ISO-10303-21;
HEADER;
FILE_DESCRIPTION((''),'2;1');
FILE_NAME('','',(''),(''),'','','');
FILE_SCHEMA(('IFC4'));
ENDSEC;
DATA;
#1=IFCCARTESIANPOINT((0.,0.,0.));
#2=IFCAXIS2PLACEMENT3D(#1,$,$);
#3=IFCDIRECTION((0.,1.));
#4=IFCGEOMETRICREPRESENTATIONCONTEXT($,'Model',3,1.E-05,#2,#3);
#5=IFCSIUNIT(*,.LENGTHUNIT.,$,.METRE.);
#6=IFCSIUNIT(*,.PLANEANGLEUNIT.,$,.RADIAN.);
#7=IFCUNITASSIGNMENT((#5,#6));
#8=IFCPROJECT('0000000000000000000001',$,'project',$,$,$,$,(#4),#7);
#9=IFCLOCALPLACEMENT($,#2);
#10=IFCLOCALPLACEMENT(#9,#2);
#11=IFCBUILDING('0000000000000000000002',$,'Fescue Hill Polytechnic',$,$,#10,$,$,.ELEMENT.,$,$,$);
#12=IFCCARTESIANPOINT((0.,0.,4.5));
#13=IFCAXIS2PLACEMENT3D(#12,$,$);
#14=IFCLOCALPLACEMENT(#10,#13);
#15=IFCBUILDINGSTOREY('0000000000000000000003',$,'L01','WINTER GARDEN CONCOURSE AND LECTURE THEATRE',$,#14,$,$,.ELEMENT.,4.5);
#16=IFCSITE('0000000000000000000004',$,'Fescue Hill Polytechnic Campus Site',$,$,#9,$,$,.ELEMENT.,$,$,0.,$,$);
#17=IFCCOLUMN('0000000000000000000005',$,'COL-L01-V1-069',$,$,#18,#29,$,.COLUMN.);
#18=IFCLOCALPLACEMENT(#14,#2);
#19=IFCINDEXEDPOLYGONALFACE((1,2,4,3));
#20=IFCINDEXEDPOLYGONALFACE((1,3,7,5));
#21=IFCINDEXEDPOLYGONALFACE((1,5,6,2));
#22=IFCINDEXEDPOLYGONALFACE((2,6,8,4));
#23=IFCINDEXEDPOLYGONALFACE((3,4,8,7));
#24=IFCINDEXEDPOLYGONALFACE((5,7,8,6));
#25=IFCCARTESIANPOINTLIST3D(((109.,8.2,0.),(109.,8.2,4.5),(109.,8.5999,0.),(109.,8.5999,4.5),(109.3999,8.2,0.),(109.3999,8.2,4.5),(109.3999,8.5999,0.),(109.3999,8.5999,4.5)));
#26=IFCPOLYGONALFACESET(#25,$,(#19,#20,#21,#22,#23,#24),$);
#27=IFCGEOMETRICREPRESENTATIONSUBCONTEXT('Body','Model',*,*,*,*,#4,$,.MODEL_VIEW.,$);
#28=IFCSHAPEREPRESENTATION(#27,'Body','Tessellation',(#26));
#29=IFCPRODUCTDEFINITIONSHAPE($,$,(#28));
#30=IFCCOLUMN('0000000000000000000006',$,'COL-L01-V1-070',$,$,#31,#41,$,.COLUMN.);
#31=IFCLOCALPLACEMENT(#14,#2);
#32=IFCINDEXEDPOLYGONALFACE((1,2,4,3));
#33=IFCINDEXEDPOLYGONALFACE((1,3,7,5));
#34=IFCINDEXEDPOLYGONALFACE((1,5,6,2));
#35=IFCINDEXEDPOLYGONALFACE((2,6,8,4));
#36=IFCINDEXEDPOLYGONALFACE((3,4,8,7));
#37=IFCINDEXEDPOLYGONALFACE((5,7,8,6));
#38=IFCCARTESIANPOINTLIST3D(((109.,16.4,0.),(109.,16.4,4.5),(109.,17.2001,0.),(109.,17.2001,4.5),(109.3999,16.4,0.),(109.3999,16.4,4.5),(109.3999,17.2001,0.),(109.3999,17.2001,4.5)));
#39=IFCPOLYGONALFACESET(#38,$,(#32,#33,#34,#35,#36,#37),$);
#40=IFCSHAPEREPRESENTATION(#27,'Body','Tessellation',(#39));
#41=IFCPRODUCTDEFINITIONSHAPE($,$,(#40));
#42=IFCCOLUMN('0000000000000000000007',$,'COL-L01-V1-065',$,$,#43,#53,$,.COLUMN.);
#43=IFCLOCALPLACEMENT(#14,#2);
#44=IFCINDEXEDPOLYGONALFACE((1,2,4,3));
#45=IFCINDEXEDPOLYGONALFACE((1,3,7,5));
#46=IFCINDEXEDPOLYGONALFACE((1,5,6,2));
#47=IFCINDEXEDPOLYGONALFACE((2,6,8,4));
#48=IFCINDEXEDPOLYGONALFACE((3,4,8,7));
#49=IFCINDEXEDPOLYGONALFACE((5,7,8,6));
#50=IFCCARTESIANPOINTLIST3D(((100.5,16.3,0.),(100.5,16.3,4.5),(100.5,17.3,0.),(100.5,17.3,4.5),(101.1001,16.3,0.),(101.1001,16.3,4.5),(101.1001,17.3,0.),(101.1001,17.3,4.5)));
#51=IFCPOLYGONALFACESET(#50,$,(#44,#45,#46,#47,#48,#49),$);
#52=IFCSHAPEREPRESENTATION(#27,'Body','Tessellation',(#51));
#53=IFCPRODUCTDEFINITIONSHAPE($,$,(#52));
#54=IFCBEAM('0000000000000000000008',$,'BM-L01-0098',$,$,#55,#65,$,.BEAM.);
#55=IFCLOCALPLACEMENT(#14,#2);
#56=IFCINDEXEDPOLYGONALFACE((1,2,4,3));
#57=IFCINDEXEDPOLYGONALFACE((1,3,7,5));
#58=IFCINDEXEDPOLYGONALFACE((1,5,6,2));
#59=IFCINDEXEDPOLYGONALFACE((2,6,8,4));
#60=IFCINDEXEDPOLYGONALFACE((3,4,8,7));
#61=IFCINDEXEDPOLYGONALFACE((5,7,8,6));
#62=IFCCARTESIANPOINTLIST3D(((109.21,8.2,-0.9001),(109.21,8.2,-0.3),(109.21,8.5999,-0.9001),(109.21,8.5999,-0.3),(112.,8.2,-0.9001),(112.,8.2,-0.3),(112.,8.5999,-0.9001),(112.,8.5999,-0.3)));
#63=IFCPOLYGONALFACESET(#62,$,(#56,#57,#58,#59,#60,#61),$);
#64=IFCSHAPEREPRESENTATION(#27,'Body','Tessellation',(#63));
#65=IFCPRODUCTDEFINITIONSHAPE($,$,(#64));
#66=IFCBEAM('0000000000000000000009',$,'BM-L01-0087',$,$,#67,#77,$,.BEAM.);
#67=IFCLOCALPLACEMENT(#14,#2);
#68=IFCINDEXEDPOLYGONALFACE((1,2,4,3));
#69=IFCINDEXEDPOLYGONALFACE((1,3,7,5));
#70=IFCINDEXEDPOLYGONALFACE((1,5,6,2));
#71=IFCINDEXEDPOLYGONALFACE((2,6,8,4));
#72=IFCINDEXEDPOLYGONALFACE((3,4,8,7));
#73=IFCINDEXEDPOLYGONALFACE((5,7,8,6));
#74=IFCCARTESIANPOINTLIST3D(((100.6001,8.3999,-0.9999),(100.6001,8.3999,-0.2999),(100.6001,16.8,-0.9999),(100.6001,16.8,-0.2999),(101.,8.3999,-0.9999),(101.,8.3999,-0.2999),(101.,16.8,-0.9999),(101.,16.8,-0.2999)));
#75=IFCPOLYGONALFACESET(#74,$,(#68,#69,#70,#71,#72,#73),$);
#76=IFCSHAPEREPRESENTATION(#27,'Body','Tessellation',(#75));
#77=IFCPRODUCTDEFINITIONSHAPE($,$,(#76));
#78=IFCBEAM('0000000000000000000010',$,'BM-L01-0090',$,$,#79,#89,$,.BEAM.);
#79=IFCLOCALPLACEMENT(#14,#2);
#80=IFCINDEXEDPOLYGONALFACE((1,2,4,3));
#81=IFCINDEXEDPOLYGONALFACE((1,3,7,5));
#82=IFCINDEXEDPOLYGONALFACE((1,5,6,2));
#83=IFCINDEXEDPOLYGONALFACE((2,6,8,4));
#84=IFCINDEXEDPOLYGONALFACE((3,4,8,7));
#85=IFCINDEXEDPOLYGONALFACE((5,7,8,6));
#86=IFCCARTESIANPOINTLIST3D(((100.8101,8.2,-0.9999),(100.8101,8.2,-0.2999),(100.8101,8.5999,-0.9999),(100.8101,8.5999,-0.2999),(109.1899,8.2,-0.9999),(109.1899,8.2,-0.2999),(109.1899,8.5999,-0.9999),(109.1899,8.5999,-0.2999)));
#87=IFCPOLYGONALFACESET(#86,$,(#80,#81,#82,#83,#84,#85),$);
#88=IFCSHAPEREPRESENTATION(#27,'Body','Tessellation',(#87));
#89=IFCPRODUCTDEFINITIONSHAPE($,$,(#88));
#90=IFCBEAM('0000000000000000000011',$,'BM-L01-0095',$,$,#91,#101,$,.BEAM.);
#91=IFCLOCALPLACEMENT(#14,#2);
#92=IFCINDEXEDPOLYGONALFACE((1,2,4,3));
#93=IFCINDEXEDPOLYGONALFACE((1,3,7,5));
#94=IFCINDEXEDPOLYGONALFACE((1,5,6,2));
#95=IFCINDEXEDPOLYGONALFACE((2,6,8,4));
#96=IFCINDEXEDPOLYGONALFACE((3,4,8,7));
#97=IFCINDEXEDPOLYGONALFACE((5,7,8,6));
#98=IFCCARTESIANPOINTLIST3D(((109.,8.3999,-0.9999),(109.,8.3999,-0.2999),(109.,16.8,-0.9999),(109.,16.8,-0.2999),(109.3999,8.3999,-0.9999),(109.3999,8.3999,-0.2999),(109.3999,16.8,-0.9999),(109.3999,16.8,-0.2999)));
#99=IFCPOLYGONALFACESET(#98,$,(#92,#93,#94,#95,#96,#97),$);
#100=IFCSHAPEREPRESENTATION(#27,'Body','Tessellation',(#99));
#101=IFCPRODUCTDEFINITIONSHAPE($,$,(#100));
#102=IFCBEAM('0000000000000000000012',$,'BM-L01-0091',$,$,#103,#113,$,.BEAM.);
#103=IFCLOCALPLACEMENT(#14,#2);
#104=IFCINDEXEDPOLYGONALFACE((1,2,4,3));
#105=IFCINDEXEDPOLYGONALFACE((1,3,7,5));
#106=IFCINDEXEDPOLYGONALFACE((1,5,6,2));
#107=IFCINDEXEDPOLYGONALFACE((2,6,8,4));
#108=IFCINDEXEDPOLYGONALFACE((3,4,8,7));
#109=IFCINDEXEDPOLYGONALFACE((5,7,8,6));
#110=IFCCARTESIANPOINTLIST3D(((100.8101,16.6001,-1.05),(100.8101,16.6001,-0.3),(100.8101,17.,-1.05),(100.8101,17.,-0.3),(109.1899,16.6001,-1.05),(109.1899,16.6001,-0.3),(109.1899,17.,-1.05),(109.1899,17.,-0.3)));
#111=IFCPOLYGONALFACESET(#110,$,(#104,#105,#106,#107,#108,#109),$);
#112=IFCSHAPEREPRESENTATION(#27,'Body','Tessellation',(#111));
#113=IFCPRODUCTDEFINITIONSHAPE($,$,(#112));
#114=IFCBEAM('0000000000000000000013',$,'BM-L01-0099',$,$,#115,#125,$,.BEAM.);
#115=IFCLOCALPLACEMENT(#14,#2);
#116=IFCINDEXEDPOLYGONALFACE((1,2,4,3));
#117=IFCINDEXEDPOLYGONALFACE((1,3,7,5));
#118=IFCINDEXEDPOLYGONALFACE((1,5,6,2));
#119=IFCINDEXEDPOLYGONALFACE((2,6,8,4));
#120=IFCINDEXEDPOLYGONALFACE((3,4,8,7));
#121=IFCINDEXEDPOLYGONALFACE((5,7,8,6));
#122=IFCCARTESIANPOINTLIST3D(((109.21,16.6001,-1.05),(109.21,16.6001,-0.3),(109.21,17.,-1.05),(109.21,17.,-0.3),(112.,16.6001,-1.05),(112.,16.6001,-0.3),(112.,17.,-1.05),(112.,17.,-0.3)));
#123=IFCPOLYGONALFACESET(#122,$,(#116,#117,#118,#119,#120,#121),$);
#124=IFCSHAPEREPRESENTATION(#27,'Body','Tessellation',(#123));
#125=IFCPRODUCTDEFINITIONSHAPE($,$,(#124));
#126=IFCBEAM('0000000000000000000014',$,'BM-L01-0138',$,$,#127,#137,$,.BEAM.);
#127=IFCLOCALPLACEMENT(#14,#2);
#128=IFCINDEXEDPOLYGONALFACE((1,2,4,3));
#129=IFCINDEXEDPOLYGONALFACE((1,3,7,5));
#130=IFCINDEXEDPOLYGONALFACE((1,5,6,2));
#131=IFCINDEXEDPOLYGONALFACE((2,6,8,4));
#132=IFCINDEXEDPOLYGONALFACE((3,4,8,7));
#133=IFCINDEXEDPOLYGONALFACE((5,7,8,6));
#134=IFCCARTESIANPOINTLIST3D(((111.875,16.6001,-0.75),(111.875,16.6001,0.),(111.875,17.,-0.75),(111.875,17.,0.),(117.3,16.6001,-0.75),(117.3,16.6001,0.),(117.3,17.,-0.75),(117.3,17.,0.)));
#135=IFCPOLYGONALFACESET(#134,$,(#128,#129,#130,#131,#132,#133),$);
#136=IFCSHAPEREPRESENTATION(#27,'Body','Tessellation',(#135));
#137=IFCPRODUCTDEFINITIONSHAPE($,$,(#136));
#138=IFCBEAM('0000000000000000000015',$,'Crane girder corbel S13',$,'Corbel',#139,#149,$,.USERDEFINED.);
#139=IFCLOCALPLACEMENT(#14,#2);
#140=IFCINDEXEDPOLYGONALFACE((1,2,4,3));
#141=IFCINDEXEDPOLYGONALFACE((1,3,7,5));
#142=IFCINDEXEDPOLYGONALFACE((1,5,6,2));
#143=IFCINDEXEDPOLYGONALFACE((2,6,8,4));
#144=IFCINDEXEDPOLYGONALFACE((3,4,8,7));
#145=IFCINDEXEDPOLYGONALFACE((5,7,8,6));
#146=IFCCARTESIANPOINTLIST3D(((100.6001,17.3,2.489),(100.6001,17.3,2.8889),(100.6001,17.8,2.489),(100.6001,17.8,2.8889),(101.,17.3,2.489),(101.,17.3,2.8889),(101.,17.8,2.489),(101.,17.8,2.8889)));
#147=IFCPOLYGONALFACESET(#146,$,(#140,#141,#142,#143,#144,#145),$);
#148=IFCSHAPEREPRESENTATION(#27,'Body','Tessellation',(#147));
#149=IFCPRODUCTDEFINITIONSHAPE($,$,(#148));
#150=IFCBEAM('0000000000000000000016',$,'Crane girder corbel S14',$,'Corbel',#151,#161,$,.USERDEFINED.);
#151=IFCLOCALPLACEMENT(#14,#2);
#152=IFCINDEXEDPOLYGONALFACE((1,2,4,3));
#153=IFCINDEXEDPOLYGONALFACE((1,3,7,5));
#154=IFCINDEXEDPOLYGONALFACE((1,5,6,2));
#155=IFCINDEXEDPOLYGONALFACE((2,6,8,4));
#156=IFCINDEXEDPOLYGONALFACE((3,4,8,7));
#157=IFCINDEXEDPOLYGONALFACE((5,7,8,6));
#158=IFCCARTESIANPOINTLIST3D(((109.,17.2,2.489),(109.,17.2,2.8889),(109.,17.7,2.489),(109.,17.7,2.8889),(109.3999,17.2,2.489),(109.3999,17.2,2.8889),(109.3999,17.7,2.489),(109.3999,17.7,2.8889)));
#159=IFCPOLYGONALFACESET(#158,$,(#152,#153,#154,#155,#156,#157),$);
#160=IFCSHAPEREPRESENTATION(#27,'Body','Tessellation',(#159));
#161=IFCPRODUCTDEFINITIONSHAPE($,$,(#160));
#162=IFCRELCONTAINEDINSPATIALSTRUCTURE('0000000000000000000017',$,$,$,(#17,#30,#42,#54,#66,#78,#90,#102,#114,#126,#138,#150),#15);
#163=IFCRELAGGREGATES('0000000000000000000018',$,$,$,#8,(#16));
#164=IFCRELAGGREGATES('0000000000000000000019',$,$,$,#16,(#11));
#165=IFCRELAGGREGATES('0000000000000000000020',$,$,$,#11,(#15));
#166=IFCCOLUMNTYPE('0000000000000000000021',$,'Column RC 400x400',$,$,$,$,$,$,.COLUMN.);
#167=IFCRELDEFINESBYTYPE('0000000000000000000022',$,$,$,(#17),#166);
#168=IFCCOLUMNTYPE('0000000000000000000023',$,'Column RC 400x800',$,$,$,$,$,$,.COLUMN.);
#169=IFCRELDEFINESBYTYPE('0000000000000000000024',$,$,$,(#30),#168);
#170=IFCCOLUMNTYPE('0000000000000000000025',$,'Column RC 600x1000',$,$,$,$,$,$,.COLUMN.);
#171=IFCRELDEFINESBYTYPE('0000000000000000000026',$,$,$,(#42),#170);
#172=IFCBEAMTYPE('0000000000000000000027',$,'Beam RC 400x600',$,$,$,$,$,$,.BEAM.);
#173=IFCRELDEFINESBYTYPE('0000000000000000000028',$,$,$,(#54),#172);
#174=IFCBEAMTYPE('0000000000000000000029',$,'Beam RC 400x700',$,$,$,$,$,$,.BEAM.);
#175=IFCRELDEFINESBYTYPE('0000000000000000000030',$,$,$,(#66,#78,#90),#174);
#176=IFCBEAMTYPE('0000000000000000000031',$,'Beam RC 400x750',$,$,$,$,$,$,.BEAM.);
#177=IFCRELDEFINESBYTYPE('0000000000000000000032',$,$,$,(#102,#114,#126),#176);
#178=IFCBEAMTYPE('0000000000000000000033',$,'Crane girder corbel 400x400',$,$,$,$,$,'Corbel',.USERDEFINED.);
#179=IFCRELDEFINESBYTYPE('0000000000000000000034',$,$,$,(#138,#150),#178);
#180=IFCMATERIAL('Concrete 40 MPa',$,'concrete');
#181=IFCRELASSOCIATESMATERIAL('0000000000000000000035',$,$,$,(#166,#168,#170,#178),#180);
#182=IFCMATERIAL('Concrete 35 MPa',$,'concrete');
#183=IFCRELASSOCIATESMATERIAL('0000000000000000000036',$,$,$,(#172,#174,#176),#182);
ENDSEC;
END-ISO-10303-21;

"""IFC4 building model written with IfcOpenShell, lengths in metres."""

from ifc_helpers import new_model, si_unit, direction, frame, origin, origin_2d, place, context, subcontext, project, spatial, rectangle, extrude, material, material_profile, profile_set, type_object, element, save


model = new_model("IFC4")

# Units and contexts
model_context = context("Model", 3, precision=1e-05, world=origin(), true_north=direction((0.0, 1.0)))
body_context = subcontext(model_context, "Body", "Model", "MODEL_VIEW")
ifc_project = project(units=[si_unit("LENGTHUNIT", "METRE"), si_unit("PLANEANGLEUNIT", "RADIAN")], contexts=[model_context])

# Site, building, storey
site_placement = place(None, origin())
site = spatial("IfcSite", under=ifc_project, at=site_placement, Name="Fescue Hill Polytechnic Campus Site", CompositionType="ELEMENT", RefElevation=0.0)
building_placement = place(site_placement, origin())
building = spatial("IfcBuilding", under=site, at=building_placement, Name="Fescue Hill Polytechnic", CompositionType="ELEMENT")
storey_placement = place(building_placement, frame((0.0, 0.0, 4.5)))
storey = spatial("IfcBuildingStorey", under=building, at=storey_placement, Name="L01", Description="WINTER GARDEN CONCOURSE AND LECTURE THEATRE", CompositionType="ELEMENT", Elevation=4.5)

# Columns
ifc_material_1 = material(Name="Concrete 40 MPa", Category="concrete")
ifc_material_profile_1 = material_profile(ifc_material_1, rectangle(XDim=0.3999, YDim=0.3999, at=origin_2d()), Name="RC 400x400")
ifc_profile_set_1 = profile_set([ifc_material_profile_1], Name="Concrete 40 MPa")
column_type_1 = type_object("IfcColumnType", Name="Column RC 400x400", PredefinedType="COLUMN", material=ifc_profile_set_1)
column_1_placement = place(storey_placement, frame((109.2, 8.3999, 0.0), z_axis=(0.0, 0.0, 1.0), x_axis=(1.0, 0.0, 0.0)))
element("IfcColumn", 1, at=column_1_placement, inside=storey, type_object=column_type_1, Name="COL-L01-V1-069", PredefinedType="COLUMN", context=body_context, shape_type="SweptSolid", body=[
    extrude(rectangle(XDim=0.3999, YDim=0.3999, at=origin_2d()), origin(), (0.0, 0.0, 1.0), 4.5),
])
ifc_material_profile_2 = material_profile(ifc_material_1, rectangle(XDim=0.3999, YDim=0.8, at=origin_2d()), Name="RC 400x800")
ifc_profile_set_2 = profile_set([ifc_material_profile_2], Name="Concrete 40 MPa")
column_type_2 = type_object("IfcColumnType", Name="Column RC 400x800", PredefinedType="COLUMN", material=ifc_profile_set_2)
column_2_placement = place(storey_placement, frame((109.2, 16.8, 0.0), z_axis=(0.0, 0.0, 1.0), x_axis=(1.0, 0.0, 0.0)))
element("IfcColumn", 2, at=column_2_placement, inside=storey, type_object=column_type_2, Name="COL-L01-V1-070", PredefinedType="COLUMN", context=body_context, shape_type="SweptSolid", body=[
    extrude(rectangle(XDim=0.3999, YDim=0.8, at=origin_2d()), origin(), (0.0, 0.0, 1.0), 4.5),
])
ifc_material_profile_3 = material_profile(ifc_material_1, rectangle(XDim=0.6001, YDim=1.0, at=origin_2d()), Name="RC 600x1000")
ifc_profile_set_3 = profile_set([ifc_material_profile_3], Name="Concrete 40 MPa")
column_type_3 = type_object("IfcColumnType", Name="Column RC 600x1000", PredefinedType="COLUMN", material=ifc_profile_set_3)
column_3_placement = place(storey_placement, frame((100.8, 16.8, 0.0), z_axis=(0.0, 0.0, 1.0), x_axis=(1.0, 0.0, 0.0)))
element("IfcColumn", 3, at=column_3_placement, inside=storey, type_object=column_type_3, Name="COL-L01-V1-065", PredefinedType="COLUMN", context=body_context, shape_type="SweptSolid", body=[
    extrude(rectangle(XDim=0.6001, YDim=1.0, at=origin_2d()), origin(), (0.0, 0.0, 1.0), 4.5),
])

# Beams
ifc_material_2 = material(Name="Concrete 35 MPa", Category="concrete")
ifc_material_profile_4 = material_profile(ifc_material_2, rectangle(XDim=0.3999, YDim=0.6001, at=origin_2d()), Name="RC 400x600")
ifc_profile_set_4 = profile_set([ifc_material_profile_4], Name="Concrete 35 MPa")
beam_type_1 = type_object("IfcBeamType", Name="Beam RC 400x600", PredefinedType="BEAM", material=ifc_profile_set_4)
beam_1_placement = place(storey_placement, frame((109.21, 8.3999, -0.6001), z_axis=(1.0, 0.0, 0.0), x_axis=(0.0, 1.0, 0.0)))
element("IfcBeam", 4, at=beam_1_placement, inside=storey, type_object=beam_type_1, Name="BM-L01-0098", PredefinedType="BEAM", context=body_context, shape_type="SweptSolid", body=[
    extrude(rectangle(XDim=0.3999, YDim=0.6001, at=origin_2d()), origin(), (0.0, 0.0, 1.0), 2.79),
])
ifc_material_profile_5 = material_profile(ifc_material_2, rectangle(XDim=0.3999, YDim=0.7, at=origin_2d()), Name="RC 400x700")
ifc_profile_set_5 = profile_set([ifc_material_profile_5], Name="Concrete 35 MPa")
beam_type_2 = type_object("IfcBeamType", Name="Beam RC 400x700", PredefinedType="BEAM", material=ifc_profile_set_5)
beam_2_placement = place(storey_placement, frame((100.8, 8.3999, -0.6499), z_axis=(0.0, 1.0, 0.0), x_axis=(-1.0, 0.0, 0.0)))
element("IfcBeam", 5, at=beam_2_placement, inside=storey, type_object=beam_type_2, Name="BM-L01-0087", PredefinedType="BEAM", context=body_context, shape_type="SweptSolid", body=[
    extrude(rectangle(XDim=0.3999, YDim=0.7, at=origin_2d()), origin(), (0.0, 0.0, 1.0), 8.4001),
])
beam_3_placement = place(storey_placement, frame((100.8101, 8.3999, -0.6499), z_axis=(1.0, 0.0, 0.0), x_axis=(0.0, 1.0, 0.0)))
element("IfcBeam", 6, at=beam_3_placement, inside=storey, type_object=beam_type_2, Name="BM-L01-0090", PredefinedType="BEAM", context=body_context, shape_type="SweptSolid", body=[
    extrude(rectangle(XDim=0.3999, YDim=0.7, at=origin_2d()), origin(), (0.0, 0.0, 1.0), 8.3799),
])
beam_4_placement = place(storey_placement, frame((109.2, 8.3999, -0.6499), z_axis=(0.0, 1.0, 0.0), x_axis=(-1.0, 0.0, 0.0)))
element("IfcBeam", 7, at=beam_4_placement, inside=storey, type_object=beam_type_2, Name="BM-L01-0095", PredefinedType="BEAM", context=body_context, shape_type="SweptSolid", body=[
    extrude(rectangle(XDim=0.3999, YDim=0.7, at=origin_2d()), origin(), (0.0, 0.0, 1.0), 8.4001),
])
ifc_material_profile_6 = material_profile(ifc_material_2, rectangle(XDim=0.3999, YDim=0.75, at=origin_2d()), Name="RC 400x750")
ifc_profile_set_6 = profile_set([ifc_material_profile_6], Name="Concrete 35 MPa")
beam_type_3 = type_object("IfcBeamType", Name="Beam RC 400x750", PredefinedType="BEAM", material=ifc_profile_set_6)
beam_5_placement = place(storey_placement, frame((100.8101, 16.8, -0.675), z_axis=(1.0, 0.0, 0.0), x_axis=(0.0, 1.0, 0.0)))
element("IfcBeam", 8, at=beam_5_placement, inside=storey, type_object=beam_type_3, Name="BM-L01-0091", PredefinedType="BEAM", context=body_context, shape_type="SweptSolid", body=[
    extrude(rectangle(XDim=0.3999, YDim=0.75, at=origin_2d()), origin(), (0.0, 0.0, 1.0), 8.3799),
])
beam_6_placement = place(storey_placement, frame((109.21, 16.8, -0.675), z_axis=(1.0, 0.0, 0.0), x_axis=(0.0, 1.0, 0.0)))
element("IfcBeam", 9, at=beam_6_placement, inside=storey, type_object=beam_type_3, Name="BM-L01-0099", PredefinedType="BEAM", context=body_context, shape_type="SweptSolid", body=[
    extrude(rectangle(XDim=0.3999, YDim=0.75, at=origin_2d()), origin(), (0.0, 0.0, 1.0), 2.79),
])
beam_7_placement = place(storey_placement, frame((111.875, 16.8, -0.375), z_axis=(1.0, 0.0, 0.0), x_axis=(0.0, 1.0, 0.0)))
element("IfcBeam", 10, at=beam_7_placement, inside=storey, type_object=beam_type_3, Name="BM-L01-0138", PredefinedType="BEAM", context=body_context, shape_type="SweptSolid", body=[
    extrude(rectangle(XDim=0.3999, YDim=0.75, at=origin_2d()), origin(), (0.0, 0.0, 1.0), 5.425),
])
ifc_material_profile_7 = material_profile(ifc_material_1, rectangle(XDim=0.3999, YDim=0.3999, at=origin_2d()), Name="Crane girder corbel 400x400")
ifc_profile_set_7 = profile_set([ifc_material_profile_7], Name="Concrete 40 MPa")
beam_type_4 = type_object("IfcBeamType", Name="Crane girder corbel 400x400", ElementType="Corbel", PredefinedType="USERDEFINED", material=ifc_profile_set_7)
for number, where, z_axis, x_axis, name in (
    (11, (100.8, 17.3, 2.689), (0.0, 1.0, 0.0), (-1.0, 0.0, 0.0), "Crane girder corbel S13"),
    (12, (109.2, 17.2, 2.689), (0.0, 1.0, 0.0), (-1.0, 0.0, 0.0), "Crane girder corbel S14"),
):
    element("IfcBeam", number, at=place(storey_placement, frame(where, z_axis=z_axis, x_axis=x_axis)), inside=storey, type_object=beam_type_4, Name=name, ObjectType="Corbel", PredefinedType="USERDEFINED", context=body_context, shape_type="SweptSolid", body=[
        extrude(rectangle(XDim=0.3999, YDim=0.3999, at=origin_2d()), origin(), (0.0, 0.0, 1.0), 0.5),
    ])

save(model, "model.ifc")
